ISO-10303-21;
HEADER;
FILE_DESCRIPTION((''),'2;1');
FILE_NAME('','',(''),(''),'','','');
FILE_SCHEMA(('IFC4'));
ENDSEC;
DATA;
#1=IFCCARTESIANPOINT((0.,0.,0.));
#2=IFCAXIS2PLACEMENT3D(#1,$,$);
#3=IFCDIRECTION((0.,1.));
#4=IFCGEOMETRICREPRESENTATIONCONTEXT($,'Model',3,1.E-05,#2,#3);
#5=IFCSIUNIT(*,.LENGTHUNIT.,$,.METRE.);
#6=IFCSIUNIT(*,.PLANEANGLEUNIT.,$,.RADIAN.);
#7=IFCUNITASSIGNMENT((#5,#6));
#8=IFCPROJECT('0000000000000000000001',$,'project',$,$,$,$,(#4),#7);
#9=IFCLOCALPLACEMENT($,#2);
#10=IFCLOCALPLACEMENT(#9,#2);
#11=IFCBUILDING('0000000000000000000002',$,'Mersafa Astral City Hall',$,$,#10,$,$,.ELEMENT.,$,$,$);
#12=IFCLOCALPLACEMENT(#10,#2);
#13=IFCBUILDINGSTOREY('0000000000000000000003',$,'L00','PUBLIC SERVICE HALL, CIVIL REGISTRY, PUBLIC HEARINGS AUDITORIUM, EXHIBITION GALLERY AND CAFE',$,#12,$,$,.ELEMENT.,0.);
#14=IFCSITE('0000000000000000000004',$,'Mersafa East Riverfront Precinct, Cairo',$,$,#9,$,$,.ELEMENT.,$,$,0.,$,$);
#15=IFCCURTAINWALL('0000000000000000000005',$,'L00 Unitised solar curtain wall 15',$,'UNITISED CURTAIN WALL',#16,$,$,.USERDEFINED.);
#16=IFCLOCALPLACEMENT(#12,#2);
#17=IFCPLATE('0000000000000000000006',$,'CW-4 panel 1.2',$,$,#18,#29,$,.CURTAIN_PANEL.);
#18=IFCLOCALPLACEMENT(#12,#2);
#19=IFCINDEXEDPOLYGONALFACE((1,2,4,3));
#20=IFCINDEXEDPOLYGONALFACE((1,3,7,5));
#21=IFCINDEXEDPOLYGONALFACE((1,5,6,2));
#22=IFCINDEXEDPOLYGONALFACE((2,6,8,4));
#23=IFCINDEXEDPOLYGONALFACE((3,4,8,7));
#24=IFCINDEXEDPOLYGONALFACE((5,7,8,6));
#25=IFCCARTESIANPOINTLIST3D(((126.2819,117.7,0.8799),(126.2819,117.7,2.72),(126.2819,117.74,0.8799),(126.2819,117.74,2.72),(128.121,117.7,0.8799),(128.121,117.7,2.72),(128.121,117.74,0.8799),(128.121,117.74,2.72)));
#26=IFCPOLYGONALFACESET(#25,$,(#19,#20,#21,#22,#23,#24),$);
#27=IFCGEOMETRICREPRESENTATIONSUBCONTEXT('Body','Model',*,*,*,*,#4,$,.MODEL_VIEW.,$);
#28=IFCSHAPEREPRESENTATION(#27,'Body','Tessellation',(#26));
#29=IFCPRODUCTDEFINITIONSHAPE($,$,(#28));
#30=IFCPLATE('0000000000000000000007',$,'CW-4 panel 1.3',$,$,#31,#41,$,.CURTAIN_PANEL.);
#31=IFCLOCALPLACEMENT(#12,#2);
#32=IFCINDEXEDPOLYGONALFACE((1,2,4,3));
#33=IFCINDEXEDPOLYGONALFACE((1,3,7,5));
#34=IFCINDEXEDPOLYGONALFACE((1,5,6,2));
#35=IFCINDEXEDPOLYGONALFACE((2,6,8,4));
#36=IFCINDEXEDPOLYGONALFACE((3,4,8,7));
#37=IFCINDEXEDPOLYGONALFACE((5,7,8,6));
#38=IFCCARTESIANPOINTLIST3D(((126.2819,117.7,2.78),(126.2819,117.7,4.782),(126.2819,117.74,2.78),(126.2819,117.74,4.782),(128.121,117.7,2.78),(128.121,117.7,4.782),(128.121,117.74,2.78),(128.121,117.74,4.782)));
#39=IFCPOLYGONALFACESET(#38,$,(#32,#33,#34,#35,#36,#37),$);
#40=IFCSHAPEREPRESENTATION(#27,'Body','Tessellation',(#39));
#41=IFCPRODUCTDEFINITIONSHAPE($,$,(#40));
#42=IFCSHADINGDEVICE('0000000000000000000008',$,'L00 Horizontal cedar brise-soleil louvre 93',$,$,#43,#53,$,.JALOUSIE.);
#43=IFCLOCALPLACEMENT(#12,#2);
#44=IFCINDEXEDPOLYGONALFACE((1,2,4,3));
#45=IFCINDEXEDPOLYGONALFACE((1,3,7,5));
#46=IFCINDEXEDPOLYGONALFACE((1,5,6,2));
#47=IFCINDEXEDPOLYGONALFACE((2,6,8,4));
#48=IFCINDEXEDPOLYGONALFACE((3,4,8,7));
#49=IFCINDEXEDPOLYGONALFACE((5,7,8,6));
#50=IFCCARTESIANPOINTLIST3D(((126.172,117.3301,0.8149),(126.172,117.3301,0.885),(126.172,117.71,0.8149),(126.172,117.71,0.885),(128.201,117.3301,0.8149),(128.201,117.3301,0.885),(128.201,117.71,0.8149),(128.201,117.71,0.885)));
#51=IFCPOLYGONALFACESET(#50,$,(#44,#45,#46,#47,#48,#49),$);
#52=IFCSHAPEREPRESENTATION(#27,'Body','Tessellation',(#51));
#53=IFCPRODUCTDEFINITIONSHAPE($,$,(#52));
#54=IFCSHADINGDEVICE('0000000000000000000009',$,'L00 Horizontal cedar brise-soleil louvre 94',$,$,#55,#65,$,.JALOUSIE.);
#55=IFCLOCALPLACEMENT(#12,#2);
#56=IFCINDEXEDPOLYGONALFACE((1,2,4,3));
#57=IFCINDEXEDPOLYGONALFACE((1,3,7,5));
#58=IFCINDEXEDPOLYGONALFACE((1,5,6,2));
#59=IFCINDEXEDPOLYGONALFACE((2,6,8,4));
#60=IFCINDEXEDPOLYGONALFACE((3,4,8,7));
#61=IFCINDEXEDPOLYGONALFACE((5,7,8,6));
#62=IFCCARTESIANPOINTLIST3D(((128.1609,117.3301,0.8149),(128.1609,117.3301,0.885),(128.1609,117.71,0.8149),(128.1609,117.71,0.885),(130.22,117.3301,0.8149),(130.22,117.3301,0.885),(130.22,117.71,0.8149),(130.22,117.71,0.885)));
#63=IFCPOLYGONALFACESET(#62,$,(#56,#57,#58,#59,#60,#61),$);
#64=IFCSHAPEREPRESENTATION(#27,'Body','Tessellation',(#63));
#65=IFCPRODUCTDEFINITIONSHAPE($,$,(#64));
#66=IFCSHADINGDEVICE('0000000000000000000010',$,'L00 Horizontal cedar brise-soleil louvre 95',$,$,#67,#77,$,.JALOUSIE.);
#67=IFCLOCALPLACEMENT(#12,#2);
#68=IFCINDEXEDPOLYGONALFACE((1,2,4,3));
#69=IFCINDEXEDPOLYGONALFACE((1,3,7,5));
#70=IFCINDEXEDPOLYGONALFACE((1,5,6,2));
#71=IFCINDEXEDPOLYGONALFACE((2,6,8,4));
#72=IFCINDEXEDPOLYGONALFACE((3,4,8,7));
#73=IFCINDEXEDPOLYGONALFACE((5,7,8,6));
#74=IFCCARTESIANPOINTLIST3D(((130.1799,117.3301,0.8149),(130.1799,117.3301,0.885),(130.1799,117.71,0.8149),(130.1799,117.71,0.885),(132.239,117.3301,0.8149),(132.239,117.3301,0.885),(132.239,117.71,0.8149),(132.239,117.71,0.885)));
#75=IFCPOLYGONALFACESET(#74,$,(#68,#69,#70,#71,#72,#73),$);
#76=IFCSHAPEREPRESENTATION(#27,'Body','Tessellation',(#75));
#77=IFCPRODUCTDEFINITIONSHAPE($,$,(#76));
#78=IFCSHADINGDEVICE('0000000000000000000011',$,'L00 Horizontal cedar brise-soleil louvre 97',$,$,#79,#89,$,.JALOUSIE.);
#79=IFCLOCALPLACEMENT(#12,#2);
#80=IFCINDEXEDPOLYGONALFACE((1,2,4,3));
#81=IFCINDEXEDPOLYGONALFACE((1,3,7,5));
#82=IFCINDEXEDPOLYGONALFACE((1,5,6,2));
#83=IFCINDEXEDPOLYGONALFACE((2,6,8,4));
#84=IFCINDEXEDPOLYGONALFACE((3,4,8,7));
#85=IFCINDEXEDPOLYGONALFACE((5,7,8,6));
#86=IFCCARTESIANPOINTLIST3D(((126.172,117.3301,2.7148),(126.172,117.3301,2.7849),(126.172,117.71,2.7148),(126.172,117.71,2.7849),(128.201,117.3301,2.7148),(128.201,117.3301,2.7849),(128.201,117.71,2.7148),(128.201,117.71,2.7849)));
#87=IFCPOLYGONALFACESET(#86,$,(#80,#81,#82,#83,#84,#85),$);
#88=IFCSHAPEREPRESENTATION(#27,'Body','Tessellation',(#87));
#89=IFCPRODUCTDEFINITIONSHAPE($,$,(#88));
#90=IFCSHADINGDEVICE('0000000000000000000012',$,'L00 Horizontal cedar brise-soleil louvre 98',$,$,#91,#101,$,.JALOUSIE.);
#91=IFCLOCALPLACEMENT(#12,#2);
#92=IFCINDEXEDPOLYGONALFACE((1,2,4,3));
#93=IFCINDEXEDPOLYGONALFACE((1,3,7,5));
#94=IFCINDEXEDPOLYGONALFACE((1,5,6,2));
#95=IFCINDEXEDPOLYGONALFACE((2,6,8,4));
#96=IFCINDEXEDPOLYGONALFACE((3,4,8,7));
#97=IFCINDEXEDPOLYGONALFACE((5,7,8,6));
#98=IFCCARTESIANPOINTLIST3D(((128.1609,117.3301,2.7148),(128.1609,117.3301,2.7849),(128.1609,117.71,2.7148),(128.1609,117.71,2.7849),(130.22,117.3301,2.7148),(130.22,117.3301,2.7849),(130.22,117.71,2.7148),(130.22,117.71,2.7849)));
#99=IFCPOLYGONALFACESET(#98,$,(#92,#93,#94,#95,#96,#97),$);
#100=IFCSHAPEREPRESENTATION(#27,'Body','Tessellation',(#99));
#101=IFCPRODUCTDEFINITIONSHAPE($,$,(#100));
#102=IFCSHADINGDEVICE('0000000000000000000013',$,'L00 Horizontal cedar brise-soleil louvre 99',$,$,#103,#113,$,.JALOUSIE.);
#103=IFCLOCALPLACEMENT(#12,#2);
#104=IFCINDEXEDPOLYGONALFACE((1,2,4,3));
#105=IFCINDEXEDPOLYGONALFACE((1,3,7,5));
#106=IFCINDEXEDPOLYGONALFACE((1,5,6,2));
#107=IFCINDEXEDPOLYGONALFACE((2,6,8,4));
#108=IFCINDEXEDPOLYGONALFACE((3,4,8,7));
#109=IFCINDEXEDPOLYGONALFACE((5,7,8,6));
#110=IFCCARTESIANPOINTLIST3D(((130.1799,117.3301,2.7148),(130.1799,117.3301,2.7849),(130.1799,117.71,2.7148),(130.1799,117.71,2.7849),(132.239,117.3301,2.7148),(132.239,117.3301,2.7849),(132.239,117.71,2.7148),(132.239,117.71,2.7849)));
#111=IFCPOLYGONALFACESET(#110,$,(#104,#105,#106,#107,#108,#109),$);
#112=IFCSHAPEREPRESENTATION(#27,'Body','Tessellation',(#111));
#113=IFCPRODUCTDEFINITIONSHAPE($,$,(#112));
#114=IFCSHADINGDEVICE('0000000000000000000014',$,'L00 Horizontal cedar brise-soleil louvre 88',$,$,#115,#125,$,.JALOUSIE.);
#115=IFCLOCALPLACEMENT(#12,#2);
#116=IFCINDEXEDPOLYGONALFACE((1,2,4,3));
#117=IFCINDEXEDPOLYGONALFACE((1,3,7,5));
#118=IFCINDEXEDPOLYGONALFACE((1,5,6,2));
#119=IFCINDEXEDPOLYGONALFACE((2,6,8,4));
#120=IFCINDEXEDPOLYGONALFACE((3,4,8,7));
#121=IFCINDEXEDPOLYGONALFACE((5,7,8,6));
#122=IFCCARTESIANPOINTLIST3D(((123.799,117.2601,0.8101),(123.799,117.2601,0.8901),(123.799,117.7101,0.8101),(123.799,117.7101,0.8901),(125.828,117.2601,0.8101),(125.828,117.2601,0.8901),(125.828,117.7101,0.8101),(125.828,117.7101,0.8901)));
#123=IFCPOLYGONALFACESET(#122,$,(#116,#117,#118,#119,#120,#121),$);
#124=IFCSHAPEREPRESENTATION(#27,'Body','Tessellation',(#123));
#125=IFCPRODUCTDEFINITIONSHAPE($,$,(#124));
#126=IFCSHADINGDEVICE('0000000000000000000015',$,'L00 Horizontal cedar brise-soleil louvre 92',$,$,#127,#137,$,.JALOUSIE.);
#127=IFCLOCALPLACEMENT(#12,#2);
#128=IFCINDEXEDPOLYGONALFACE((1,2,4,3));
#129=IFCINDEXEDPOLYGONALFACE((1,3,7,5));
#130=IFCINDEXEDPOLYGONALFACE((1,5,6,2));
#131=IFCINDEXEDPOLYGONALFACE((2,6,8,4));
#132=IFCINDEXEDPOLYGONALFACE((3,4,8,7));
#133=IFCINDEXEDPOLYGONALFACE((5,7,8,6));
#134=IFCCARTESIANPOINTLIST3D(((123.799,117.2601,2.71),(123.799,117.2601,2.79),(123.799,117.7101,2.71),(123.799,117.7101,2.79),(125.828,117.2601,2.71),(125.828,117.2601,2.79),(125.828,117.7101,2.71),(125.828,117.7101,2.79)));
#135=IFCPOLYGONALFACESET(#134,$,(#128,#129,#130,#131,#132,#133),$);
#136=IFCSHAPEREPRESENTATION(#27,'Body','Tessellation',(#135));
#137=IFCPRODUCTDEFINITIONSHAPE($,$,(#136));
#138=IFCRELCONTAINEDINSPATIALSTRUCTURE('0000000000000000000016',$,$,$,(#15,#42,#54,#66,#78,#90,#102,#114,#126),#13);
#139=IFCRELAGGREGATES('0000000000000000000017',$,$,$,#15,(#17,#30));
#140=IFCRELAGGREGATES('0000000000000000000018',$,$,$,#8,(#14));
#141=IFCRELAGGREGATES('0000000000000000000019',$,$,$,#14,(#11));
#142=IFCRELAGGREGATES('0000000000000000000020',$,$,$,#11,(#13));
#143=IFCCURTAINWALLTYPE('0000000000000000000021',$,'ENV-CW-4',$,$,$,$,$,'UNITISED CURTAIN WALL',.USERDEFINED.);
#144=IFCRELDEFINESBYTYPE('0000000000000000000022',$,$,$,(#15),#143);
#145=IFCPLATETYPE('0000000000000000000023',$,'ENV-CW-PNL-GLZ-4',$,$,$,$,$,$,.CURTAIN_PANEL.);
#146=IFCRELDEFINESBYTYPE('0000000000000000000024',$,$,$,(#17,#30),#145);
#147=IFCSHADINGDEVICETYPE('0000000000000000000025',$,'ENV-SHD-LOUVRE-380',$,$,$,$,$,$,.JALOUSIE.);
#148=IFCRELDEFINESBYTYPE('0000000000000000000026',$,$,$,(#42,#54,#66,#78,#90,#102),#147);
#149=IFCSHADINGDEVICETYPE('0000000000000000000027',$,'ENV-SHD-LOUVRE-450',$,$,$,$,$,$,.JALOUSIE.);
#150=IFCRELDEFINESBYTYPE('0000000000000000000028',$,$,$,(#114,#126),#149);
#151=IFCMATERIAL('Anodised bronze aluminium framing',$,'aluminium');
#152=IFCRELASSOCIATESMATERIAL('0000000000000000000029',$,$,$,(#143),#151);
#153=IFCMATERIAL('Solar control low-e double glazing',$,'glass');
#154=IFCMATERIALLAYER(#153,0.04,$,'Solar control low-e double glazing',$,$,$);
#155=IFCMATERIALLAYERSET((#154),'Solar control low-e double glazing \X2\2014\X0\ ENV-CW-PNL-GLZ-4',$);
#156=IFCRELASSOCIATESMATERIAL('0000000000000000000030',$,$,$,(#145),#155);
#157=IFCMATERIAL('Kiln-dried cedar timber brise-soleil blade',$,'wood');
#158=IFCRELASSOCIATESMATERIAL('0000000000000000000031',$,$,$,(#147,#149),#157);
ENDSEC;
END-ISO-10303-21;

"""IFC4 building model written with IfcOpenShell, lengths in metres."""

from ifc_helpers import new_model, si_unit, direction, frame, origin, origin_2d, place, context, subcontext, project, spatial, rectangle, extrude, material, layer, layer_set, type_object, element, aggregate, save


model = new_model("IFC4")

# Units and contexts
model_context = context("Model", 3, precision=1e-05, world=origin(), true_north=direction((0.0, 1.0)))
body_context = subcontext(model_context, "Body", "Model", "MODEL_VIEW")
ifc_project = project(units=[si_unit("LENGTHUNIT", "METRE"), si_unit("PLANEANGLEUNIT", "RADIAN")], contexts=[model_context])

# Site, building, storey
site_placement = place(None, origin())
site = spatial("IfcSite", under=ifc_project, at=site_placement, Name="Mersafa East Riverfront Precinct, Cairo", CompositionType="ELEMENT", RefElevation=0.0)
building_placement = place(site_placement, origin())
building = spatial("IfcBuilding", under=site, at=building_placement, Name="Mersafa Astral City Hall", CompositionType="ELEMENT")
storey_placement = place(building_placement, origin())
storey = spatial("IfcBuildingStorey", under=building, at=storey_placement, Name="L00", Description="PUBLIC SERVICE HALL, CIVIL REGISTRY, PUBLIC HEARINGS AUDITORIUM, EXHIBITION GALLERY AND CAFE", CompositionType="ELEMENT", Elevation=0.0)

# Shared definitions
ifc_material_1 = material(Name="Anodised bronze aluminium framing", Category="aluminium")

# Curtain wall
curtain_wall_type_1 = type_object("IfcCurtainWallType", Name="ENV-CW-4", ElementType="UNITISED CURTAIN WALL", PredefinedType="USERDEFINED", material=ifc_material_1)
curtain_wall_1_placement = place(storey_placement, origin())
curtain_wall_1 = element("IfcCurtainWall", 1, at=curtain_wall_1_placement, inside=storey, type_object=curtain_wall_type_1, Name="L00 Unitised solar curtain wall 15", ObjectType="UNITISED CURTAIN WALL", PredefinedType="USERDEFINED")

# Plates
ifc_material_2 = material(Name="Solar control low-e double glazing", Category="glass")
ifc_layer_1 = layer(ifc_material_2, 0.04, Name="Solar control low-e double glazing")
ifc_layer_set_1 = layer_set([ifc_layer_1], Name="Solar control low-e double glazing — ENV-CW-PNL-GLZ-4")
plate_type_1 = type_object("IfcPlateType", Name="ENV-CW-PNL-GLZ-4", PredefinedType="CURTAIN_PANEL", material=ifc_layer_set_1)
plate_1_placement = place(storey_placement, frame((127.2014, 117.72, 0.8799), z_axis=(0.0, 0.0, 1.0), x_axis=(1.0, 0.0, 0.0)))
plate_1 = element("IfcPlate", 2, at=plate_1_placement, type_object=plate_type_1, Name="CW-4 panel 1.2", PredefinedType="CURTAIN_PANEL", context=body_context, shape_type="SweptSolid", body=[
    extrude(rectangle(XDim=1.8391, YDim=0.04, at=origin_2d()), origin(), (0.0, 0.0, 1.0), 1.8401),
])
plate_2_placement = place(storey_placement, frame((127.2014, 117.72, 2.78), z_axis=(0.0, 0.0, 1.0), x_axis=(1.0, 0.0, 0.0)))
plate_2 = element("IfcPlate", 3, at=plate_2_placement, type_object=plate_type_1, Name="CW-4 panel 1.3", PredefinedType="CURTAIN_PANEL", context=body_context, shape_type="SweptSolid", body=[
    extrude(rectangle(XDim=1.8391, YDim=0.04, at=origin_2d()), origin(), (0.0, 0.0, 1.0), 2.002),
])
aggregate(curtain_wall_1, [plate_1, plate_2])

# Shading devices
ifc_material_3 = material(Name="Kiln-dried cedar timber brise-soleil blade", Category="wood")
shading_device_type_1 = type_object("IfcShadingDeviceType", Name="ENV-SHD-LOUVRE-380", PredefinedType="JALOUSIE", material=ifc_material_3)
shading_device_1_placement = place(storey_placement, frame((127.1865, 117.52, 0.8149), z_axis=(0.0, 0.0, 1.0), x_axis=(1.0, 0.0, 0.0)))
element("IfcShadingDevice", 4, at=shading_device_1_placement, inside=storey, type_object=shading_device_type_1, Name="L00 Horizontal cedar brise-soleil louvre 93", PredefinedType="JALOUSIE", context=body_context, shape_type="SweptSolid", body=[
    extrude(rectangle(XDim=2.0291, YDim=0.3799, at=origin_2d()), origin(), (0.0, 0.0, 1.0), 0.0701),
])
for number, where, z_axis, x_axis, name in (
    (5, (129.1904, 117.52, 0.8149), (0.0, 0.0, 1.0), (1.0, 0.0, 0.0), "L00 Horizontal cedar brise-soleil louvre 94"),
    (6, (131.2095, 117.52, 0.8149), (0.0, 0.0, 1.0), (1.0, 0.0, 0.0), "L00 Horizontal cedar brise-soleil louvre 95"),
):
    element("IfcShadingDevice", number, at=place(storey_placement, frame(where, z_axis=z_axis, x_axis=x_axis)), inside=storey, type_object=shading_device_type_1, Name=name, PredefinedType="JALOUSIE", context=body_context, shape_type="SweptSolid", body=[
        extrude(rectangle(XDim=2.0591, YDim=0.3799, at=origin_2d()), origin(), (0.0, 0.0, 1.0), 0.0701),
    ])
shading_device_2_placement = place(storey_placement, frame((127.1865, 117.52, 2.7148), z_axis=(0.0, 0.0, 1.0), x_axis=(1.0, 0.0, 0.0)))
element("IfcShadingDevice", 7, at=shading_device_2_placement, inside=storey, type_object=shading_device_type_1, Name="L00 Horizontal cedar brise-soleil louvre 97", PredefinedType="JALOUSIE", context=body_context, shape_type="SweptSolid", body=[
    extrude(rectangle(XDim=2.0291, YDim=0.3799, at=origin_2d()), origin(), (0.0, 0.0, 1.0), 0.0701),
])
for number, where, z_axis, x_axis, name in (
    (8, (129.1904, 117.52, 2.7148), (0.0, 0.0, 1.0), (1.0, 0.0, 0.0), "L00 Horizontal cedar brise-soleil louvre 98"),
    (9, (131.2095, 117.52, 2.7148), (0.0, 0.0, 1.0), (1.0, 0.0, 0.0), "L00 Horizontal cedar brise-soleil louvre 99"),
):
    element("IfcShadingDevice", number, at=place(storey_placement, frame(where, z_axis=z_axis, x_axis=x_axis)), inside=storey, type_object=shading_device_type_1, Name=name, PredefinedType="JALOUSIE", context=body_context, shape_type="SweptSolid", body=[
        extrude(rectangle(XDim=2.0591, YDim=0.3799, at=origin_2d()), origin(), (0.0, 0.0, 1.0), 0.0701),
    ])
shading_device_type_2 = type_object("IfcShadingDeviceType", Name="ENV-SHD-LOUVRE-450", PredefinedType="JALOUSIE", material=ifc_material_3)
for number, where, z_axis, x_axis, name in (
    (10, (124.8135, 117.4851, 0.8101), (0.0, 0.0, 1.0), (1.0, 0.0, 0.0), "L00 Horizontal cedar brise-soleil louvre 88"),
    (11, (124.8135, 117.4851, 2.71), (0.0, 0.0, 1.0), (1.0, 0.0, 0.0), "L00 Horizontal cedar brise-soleil louvre 92"),
):
    element("IfcShadingDevice", number, at=place(storey_placement, frame(where, z_axis=z_axis, x_axis=x_axis)), inside=storey, type_object=shading_device_type_2, Name=name, PredefinedType="JALOUSIE", context=body_context, shape_type="SweptSolid", body=[
        extrude(rectangle(XDim=2.0291, YDim=0.45, at=origin_2d()), origin(), (0.0, 0.0, 1.0), 0.0801),
    ])

save(model, "model.ifc")
